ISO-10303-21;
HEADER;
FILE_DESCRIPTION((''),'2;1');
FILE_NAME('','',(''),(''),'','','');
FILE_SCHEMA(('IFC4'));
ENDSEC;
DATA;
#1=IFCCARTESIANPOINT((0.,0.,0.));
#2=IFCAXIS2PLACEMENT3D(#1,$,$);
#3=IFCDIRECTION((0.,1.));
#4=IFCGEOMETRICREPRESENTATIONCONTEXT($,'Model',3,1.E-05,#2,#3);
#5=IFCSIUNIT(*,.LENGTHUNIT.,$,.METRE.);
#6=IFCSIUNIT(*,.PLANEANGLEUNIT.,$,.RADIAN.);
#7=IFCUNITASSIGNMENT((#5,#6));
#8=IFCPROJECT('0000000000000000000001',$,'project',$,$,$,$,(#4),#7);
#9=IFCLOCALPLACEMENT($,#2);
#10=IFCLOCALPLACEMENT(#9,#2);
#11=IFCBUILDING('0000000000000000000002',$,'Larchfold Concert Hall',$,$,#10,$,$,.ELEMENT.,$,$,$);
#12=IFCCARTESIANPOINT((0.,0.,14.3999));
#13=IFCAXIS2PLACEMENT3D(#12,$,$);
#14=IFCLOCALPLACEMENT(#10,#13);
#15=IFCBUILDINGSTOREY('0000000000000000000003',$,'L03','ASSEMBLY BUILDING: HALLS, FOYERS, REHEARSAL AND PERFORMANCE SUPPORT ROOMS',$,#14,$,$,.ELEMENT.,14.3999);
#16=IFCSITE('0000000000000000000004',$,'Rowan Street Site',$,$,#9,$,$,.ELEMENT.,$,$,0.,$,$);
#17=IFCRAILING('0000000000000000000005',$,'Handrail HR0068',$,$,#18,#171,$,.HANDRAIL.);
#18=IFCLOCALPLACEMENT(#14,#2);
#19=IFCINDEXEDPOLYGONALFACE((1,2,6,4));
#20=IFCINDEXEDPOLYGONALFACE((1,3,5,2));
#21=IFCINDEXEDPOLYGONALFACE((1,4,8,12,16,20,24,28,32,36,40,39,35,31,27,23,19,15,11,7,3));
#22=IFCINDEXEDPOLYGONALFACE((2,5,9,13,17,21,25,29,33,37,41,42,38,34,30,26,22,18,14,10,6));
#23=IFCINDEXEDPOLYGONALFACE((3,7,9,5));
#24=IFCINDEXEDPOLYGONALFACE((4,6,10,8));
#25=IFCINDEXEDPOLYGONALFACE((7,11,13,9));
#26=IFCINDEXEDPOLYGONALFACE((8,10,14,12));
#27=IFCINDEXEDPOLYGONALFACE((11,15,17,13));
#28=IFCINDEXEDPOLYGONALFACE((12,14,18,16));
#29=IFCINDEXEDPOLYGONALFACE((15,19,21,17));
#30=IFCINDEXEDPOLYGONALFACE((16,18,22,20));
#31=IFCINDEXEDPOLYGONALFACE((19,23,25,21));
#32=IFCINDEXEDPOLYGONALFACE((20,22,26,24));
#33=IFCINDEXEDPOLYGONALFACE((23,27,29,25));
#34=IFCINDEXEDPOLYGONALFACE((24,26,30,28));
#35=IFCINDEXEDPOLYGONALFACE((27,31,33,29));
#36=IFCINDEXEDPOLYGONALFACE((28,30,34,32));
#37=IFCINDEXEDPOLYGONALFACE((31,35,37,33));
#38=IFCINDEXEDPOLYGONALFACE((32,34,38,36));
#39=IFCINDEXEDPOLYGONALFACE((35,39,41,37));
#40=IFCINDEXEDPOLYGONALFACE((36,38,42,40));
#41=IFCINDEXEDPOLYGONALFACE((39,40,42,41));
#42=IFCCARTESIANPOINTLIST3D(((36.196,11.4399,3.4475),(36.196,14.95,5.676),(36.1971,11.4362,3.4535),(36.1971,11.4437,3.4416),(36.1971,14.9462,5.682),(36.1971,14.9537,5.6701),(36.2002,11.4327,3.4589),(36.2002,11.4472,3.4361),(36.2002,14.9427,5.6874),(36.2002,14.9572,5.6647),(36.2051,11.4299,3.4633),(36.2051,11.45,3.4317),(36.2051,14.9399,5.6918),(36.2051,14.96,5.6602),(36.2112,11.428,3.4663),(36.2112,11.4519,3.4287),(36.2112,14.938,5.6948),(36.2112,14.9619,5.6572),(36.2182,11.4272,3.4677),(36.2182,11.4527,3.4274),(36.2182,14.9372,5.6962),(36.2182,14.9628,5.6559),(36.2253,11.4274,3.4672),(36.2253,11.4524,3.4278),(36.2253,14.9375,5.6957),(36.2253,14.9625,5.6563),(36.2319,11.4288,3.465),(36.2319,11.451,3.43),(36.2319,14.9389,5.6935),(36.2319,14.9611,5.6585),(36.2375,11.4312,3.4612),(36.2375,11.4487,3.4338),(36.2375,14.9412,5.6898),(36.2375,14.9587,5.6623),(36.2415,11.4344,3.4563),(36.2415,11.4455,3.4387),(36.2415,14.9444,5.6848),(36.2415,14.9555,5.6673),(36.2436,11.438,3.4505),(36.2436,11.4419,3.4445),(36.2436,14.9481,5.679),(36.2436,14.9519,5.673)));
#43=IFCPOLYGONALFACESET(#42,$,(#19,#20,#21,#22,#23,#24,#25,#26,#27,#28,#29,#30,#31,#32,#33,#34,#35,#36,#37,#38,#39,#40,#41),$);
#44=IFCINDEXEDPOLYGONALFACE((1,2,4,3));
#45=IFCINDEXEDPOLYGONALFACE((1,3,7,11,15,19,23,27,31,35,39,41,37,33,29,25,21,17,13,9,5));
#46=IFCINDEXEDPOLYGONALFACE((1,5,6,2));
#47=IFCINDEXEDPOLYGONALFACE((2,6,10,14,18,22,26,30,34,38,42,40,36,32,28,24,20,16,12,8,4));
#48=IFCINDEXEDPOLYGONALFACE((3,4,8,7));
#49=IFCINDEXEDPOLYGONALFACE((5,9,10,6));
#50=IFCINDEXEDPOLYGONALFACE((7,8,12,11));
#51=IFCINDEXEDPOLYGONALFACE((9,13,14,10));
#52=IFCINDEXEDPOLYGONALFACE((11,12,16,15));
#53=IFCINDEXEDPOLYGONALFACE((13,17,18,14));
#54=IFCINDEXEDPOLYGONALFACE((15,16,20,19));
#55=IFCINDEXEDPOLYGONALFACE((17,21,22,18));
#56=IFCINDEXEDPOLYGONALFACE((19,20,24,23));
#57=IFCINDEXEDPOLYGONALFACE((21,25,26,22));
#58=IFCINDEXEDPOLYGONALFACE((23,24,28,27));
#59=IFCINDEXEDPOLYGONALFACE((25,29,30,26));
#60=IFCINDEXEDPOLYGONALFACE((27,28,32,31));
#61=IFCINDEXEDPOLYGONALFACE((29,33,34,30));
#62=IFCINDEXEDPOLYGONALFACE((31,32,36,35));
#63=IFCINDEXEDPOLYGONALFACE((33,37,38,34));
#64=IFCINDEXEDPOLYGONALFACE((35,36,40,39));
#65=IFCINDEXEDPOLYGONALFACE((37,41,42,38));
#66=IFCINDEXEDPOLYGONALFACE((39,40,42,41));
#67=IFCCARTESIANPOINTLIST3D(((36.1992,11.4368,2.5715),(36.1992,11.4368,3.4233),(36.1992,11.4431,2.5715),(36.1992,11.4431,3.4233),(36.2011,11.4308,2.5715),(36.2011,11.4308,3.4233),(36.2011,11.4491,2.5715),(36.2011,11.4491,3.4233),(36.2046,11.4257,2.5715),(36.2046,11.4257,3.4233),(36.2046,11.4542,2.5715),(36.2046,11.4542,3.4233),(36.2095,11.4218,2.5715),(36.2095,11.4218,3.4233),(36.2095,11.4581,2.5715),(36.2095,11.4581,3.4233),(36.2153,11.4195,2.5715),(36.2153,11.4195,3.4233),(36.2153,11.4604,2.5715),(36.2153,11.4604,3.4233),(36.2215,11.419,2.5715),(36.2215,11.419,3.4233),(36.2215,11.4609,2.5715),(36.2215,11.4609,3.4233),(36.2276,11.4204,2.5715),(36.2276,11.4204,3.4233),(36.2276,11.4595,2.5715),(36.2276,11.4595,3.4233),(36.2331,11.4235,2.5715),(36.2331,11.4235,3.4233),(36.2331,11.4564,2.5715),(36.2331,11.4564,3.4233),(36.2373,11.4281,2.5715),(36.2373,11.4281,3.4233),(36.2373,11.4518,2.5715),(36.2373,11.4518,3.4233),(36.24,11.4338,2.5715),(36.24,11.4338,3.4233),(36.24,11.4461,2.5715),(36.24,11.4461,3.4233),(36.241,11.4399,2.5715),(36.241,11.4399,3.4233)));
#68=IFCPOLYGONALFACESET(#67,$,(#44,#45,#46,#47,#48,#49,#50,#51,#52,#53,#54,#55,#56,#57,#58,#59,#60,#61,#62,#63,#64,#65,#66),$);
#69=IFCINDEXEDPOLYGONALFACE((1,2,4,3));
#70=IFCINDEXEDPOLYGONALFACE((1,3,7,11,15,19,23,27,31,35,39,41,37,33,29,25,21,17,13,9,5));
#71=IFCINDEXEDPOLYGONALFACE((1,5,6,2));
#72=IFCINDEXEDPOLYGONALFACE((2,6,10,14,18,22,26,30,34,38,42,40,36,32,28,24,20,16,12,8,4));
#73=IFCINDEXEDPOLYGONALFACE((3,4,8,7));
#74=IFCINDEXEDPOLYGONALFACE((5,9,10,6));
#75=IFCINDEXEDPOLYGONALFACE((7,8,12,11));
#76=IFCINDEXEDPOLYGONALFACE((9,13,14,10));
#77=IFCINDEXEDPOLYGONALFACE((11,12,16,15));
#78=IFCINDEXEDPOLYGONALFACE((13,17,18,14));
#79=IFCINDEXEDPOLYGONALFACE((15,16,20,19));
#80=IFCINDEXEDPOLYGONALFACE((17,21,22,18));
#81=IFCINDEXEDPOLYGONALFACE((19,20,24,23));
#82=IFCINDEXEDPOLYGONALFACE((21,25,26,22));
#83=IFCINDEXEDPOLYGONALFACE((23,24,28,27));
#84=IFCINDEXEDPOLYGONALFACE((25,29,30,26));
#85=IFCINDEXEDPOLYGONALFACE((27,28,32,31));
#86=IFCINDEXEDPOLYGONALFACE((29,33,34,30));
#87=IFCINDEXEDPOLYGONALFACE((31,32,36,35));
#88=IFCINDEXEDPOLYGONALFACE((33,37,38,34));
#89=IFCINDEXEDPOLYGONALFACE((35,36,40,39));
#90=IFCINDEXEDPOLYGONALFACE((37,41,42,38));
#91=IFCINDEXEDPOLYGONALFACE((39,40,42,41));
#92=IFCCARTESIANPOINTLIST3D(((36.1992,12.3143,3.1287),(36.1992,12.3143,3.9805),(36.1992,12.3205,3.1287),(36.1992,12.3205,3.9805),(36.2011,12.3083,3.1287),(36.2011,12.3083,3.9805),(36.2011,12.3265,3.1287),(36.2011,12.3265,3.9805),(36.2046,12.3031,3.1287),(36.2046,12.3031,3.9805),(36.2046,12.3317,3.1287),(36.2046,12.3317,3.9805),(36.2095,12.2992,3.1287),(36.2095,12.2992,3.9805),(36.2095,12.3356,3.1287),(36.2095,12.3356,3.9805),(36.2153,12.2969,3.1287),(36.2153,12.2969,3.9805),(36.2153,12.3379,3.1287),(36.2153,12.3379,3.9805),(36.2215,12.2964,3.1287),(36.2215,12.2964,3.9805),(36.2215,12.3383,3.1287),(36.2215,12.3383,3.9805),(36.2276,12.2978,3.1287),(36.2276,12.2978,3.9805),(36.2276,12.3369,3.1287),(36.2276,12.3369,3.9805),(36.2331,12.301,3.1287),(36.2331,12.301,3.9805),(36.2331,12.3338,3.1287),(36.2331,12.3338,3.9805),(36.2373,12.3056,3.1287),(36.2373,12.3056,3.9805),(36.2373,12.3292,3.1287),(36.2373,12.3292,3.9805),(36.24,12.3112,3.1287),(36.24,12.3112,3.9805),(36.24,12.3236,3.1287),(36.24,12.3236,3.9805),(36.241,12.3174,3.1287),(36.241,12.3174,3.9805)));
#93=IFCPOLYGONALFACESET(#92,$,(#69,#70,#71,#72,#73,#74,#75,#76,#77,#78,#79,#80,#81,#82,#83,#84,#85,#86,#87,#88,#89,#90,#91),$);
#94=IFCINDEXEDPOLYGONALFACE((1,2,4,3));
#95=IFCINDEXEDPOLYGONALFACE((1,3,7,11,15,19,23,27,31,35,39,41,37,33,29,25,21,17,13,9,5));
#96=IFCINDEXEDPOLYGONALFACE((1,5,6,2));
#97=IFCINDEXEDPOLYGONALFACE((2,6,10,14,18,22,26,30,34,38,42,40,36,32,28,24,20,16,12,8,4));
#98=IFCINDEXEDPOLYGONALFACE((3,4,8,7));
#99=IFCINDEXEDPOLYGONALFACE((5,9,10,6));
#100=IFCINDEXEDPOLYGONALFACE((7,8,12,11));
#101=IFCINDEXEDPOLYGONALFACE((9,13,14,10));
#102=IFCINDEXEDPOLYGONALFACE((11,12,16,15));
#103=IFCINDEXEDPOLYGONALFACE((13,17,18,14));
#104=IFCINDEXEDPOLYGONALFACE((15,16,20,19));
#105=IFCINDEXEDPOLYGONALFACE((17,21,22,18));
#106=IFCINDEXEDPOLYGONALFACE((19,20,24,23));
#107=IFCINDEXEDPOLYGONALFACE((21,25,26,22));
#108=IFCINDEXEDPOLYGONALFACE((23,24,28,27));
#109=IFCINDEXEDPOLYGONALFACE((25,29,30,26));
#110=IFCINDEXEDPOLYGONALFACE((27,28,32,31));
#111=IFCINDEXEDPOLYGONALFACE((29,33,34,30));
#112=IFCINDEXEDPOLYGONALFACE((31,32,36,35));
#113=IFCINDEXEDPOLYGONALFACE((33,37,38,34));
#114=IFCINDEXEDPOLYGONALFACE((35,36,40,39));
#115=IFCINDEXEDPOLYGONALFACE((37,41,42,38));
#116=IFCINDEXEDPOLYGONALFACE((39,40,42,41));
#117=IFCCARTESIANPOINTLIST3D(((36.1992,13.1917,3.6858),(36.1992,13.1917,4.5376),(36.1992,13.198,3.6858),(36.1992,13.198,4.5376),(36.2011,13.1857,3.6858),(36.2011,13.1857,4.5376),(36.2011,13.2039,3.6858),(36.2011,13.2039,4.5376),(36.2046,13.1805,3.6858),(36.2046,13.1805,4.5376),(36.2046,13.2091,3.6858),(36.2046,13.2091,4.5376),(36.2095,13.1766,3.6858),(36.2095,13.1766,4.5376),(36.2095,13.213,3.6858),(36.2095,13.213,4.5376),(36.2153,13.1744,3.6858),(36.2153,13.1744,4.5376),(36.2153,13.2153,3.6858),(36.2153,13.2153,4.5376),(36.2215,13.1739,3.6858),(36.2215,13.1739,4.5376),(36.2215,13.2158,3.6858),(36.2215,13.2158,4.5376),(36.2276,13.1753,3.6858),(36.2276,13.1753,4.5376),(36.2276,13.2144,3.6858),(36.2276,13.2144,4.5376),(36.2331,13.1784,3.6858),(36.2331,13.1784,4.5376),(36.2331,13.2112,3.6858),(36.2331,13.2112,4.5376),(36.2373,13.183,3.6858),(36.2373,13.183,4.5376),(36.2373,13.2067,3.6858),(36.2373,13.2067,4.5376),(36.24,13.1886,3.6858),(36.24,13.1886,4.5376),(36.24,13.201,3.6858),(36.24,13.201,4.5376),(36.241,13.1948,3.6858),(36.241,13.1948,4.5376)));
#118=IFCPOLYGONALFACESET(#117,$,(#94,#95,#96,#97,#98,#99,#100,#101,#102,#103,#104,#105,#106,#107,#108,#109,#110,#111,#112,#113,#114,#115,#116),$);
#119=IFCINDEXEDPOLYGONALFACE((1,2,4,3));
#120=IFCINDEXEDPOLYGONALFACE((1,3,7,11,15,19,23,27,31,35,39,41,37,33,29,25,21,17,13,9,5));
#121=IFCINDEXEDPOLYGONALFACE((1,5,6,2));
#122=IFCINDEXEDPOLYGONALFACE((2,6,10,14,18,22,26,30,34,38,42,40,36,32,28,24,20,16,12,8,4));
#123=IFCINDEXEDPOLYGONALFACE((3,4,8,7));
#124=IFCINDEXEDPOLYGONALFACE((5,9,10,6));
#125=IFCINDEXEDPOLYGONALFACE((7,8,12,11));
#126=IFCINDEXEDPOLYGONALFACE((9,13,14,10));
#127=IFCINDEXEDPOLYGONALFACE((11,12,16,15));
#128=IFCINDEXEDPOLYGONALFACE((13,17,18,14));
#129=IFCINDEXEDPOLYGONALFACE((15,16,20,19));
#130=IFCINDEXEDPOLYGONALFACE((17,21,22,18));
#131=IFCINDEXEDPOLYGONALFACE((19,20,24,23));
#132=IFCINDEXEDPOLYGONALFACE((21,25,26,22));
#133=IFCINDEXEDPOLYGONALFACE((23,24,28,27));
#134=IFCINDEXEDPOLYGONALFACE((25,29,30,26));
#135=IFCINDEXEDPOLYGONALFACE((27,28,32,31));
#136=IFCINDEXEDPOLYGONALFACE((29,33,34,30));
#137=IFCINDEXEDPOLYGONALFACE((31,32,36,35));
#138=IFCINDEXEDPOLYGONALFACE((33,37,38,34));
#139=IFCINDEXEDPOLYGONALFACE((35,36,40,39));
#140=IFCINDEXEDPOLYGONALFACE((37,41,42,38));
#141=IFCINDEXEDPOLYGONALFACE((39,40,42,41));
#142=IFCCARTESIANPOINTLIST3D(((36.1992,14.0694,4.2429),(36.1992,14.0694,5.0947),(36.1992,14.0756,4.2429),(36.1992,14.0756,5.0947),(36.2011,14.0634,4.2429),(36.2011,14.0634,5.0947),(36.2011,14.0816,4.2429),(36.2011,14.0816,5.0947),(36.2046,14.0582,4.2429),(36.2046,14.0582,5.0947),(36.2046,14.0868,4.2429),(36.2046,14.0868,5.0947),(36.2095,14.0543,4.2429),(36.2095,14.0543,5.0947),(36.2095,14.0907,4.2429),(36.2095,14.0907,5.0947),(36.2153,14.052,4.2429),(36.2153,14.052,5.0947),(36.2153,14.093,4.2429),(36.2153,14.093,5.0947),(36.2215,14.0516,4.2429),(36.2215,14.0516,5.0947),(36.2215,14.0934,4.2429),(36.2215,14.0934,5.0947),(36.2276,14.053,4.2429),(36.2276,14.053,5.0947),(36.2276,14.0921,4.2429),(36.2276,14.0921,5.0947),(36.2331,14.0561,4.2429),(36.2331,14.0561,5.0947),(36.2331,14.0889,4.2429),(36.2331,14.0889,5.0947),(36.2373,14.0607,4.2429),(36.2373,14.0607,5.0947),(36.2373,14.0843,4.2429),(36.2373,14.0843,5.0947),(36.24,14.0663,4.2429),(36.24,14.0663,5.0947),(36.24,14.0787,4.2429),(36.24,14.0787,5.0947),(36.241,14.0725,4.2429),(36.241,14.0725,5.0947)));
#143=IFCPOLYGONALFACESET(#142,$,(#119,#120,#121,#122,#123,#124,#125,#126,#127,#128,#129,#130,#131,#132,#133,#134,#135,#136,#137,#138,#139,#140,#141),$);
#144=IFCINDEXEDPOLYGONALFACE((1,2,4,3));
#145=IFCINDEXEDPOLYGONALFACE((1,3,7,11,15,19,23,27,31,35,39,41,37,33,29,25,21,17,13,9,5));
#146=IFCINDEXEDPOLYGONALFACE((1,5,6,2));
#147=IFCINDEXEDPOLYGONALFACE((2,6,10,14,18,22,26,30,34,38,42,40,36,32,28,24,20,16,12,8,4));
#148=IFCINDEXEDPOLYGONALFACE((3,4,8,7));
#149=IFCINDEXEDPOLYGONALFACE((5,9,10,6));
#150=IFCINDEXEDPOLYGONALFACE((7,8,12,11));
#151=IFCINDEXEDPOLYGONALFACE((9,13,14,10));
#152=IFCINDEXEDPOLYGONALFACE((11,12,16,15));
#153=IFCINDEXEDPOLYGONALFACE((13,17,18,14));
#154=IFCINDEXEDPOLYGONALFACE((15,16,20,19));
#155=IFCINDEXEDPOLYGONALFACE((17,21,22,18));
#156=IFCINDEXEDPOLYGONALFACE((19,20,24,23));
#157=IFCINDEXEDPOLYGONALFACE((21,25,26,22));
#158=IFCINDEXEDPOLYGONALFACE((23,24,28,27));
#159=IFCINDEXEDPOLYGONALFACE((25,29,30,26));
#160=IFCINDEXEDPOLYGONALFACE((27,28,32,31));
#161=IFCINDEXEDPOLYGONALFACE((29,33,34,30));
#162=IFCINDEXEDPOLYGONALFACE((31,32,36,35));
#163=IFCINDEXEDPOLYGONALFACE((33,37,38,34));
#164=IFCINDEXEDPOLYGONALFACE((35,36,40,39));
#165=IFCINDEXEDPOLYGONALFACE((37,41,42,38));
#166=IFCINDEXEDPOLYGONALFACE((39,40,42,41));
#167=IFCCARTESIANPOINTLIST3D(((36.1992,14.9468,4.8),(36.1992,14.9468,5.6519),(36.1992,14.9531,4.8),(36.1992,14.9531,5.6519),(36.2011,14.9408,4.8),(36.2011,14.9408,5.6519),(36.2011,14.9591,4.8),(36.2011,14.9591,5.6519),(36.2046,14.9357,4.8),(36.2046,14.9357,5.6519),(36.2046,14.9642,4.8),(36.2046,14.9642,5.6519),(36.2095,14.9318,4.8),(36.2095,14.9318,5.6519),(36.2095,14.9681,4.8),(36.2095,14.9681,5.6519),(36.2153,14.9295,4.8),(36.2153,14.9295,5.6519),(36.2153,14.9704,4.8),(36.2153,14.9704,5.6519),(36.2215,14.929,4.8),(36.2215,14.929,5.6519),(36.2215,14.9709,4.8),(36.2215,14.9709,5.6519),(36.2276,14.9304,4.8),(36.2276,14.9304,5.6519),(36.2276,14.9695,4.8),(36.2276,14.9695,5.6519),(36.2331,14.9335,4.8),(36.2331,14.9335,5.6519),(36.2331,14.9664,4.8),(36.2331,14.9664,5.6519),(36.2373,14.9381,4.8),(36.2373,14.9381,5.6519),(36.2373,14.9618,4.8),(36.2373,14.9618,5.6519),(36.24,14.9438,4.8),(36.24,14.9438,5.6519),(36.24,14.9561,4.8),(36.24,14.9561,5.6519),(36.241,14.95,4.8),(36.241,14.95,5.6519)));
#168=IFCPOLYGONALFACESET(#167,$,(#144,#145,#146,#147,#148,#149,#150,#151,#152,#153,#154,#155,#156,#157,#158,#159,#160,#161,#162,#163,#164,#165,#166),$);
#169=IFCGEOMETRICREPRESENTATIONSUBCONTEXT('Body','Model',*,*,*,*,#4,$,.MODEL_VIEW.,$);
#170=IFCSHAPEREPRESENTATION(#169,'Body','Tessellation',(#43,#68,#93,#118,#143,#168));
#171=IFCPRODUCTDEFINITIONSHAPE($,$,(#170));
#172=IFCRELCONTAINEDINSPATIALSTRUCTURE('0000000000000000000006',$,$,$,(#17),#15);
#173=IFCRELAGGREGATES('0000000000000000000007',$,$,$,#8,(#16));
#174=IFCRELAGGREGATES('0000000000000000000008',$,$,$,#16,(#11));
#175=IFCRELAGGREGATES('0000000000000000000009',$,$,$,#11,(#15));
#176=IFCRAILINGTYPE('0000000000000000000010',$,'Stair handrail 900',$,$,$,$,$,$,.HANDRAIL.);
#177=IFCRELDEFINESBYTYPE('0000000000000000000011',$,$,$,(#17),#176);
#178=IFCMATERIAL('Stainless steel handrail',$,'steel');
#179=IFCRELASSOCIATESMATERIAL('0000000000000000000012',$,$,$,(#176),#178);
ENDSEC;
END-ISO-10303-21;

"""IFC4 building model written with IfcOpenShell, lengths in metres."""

from ifc_helpers import new_model, si_unit, direction, frame, origin, origin_2d, place, context, subcontext, project, spatial, circle, extrude, material, type_object, element, save


model = new_model("IFC4")

# Units and contexts
model_context = context("Model", 3, precision=1e-05, world=origin(), true_north=direction((0.0, 1.0)))
body_context = subcontext(model_context, "Body", "Model", "MODEL_VIEW")
ifc_project = project(units=[si_unit("LENGTHUNIT", "METRE"), si_unit("PLANEANGLEUNIT", "RADIAN")], contexts=[model_context])

# Site, building, storey
site_placement = place(None, origin())
site = spatial("IfcSite", under=ifc_project, at=site_placement, Name="Rowan Street Site", CompositionType="ELEMENT", RefElevation=0.0)
building_placement = place(site_placement, origin())
building = spatial("IfcBuilding", under=site, at=building_placement, Name="Larchfold Concert Hall", CompositionType="ELEMENT")
storey_placement = place(building_placement, frame((0.0, 0.0, 14.3999)))
storey = spatial("IfcBuildingStorey", under=building, at=storey_placement, Name="L03", Description="ASSEMBLY BUILDING: HALLS, FOYERS, REHEARSAL AND PERFORMANCE SUPPORT ROOMS", CompositionType="ELEMENT", Elevation=14.3999)

# Railing
ifc_material_1 = material(Name="Stainless steel handrail", Category="steel")
railing_type_1 = type_object("IfcRailingType", Name="Stair handrail 900", PredefinedType="HANDRAIL", material=ifc_material_1)
railing_1_placement = place(storey_placement, frame((36.22, 11.4399, 2.5715)))
element("IfcRailing", 1, at=railing_1_placement, inside=storey, type_object=railing_type_1, Name="Handrail HR0068", PredefinedType="HANDRAIL", context=body_context, shape_type="SweptSolid", body=[
    extrude(circle(Radius=0.0239, at=origin_2d()), frame((0.0, 0.0, 0.876), z_axis=(0.0, 0.84422, 0.535998), x_axis=(-1.0, 0.0, 0.0)), (0.0, 0.0, 1.0), 4.1577),
    extrude(circle(Radius=0.021, at=origin_2d()), origin(), (0.0, 0.0, 1.0), 0.8518),
    extrude(circle(Radius=0.021, at=origin_2d()), frame((0.0, 0.8774, 0.5571)), (0.0, 0.0, 1.0), 0.8518),
    extrude(circle(Radius=0.021, at=origin_2d()), frame((0.0, 1.7549, 1.1143)), (0.0, 0.0, 1.0), 0.8518),
    extrude(circle(Radius=0.021, at=origin_2d()), frame((0.0, 2.6326, 1.6714)), (0.0, 0.0, 1.0), 0.8518),
    extrude(circle(Radius=0.021, at=origin_2d()), frame((0.0, 3.51, 2.2285)), (0.0, 0.0, 1.0), 0.8518),
])

save(model, "model.ifc")
